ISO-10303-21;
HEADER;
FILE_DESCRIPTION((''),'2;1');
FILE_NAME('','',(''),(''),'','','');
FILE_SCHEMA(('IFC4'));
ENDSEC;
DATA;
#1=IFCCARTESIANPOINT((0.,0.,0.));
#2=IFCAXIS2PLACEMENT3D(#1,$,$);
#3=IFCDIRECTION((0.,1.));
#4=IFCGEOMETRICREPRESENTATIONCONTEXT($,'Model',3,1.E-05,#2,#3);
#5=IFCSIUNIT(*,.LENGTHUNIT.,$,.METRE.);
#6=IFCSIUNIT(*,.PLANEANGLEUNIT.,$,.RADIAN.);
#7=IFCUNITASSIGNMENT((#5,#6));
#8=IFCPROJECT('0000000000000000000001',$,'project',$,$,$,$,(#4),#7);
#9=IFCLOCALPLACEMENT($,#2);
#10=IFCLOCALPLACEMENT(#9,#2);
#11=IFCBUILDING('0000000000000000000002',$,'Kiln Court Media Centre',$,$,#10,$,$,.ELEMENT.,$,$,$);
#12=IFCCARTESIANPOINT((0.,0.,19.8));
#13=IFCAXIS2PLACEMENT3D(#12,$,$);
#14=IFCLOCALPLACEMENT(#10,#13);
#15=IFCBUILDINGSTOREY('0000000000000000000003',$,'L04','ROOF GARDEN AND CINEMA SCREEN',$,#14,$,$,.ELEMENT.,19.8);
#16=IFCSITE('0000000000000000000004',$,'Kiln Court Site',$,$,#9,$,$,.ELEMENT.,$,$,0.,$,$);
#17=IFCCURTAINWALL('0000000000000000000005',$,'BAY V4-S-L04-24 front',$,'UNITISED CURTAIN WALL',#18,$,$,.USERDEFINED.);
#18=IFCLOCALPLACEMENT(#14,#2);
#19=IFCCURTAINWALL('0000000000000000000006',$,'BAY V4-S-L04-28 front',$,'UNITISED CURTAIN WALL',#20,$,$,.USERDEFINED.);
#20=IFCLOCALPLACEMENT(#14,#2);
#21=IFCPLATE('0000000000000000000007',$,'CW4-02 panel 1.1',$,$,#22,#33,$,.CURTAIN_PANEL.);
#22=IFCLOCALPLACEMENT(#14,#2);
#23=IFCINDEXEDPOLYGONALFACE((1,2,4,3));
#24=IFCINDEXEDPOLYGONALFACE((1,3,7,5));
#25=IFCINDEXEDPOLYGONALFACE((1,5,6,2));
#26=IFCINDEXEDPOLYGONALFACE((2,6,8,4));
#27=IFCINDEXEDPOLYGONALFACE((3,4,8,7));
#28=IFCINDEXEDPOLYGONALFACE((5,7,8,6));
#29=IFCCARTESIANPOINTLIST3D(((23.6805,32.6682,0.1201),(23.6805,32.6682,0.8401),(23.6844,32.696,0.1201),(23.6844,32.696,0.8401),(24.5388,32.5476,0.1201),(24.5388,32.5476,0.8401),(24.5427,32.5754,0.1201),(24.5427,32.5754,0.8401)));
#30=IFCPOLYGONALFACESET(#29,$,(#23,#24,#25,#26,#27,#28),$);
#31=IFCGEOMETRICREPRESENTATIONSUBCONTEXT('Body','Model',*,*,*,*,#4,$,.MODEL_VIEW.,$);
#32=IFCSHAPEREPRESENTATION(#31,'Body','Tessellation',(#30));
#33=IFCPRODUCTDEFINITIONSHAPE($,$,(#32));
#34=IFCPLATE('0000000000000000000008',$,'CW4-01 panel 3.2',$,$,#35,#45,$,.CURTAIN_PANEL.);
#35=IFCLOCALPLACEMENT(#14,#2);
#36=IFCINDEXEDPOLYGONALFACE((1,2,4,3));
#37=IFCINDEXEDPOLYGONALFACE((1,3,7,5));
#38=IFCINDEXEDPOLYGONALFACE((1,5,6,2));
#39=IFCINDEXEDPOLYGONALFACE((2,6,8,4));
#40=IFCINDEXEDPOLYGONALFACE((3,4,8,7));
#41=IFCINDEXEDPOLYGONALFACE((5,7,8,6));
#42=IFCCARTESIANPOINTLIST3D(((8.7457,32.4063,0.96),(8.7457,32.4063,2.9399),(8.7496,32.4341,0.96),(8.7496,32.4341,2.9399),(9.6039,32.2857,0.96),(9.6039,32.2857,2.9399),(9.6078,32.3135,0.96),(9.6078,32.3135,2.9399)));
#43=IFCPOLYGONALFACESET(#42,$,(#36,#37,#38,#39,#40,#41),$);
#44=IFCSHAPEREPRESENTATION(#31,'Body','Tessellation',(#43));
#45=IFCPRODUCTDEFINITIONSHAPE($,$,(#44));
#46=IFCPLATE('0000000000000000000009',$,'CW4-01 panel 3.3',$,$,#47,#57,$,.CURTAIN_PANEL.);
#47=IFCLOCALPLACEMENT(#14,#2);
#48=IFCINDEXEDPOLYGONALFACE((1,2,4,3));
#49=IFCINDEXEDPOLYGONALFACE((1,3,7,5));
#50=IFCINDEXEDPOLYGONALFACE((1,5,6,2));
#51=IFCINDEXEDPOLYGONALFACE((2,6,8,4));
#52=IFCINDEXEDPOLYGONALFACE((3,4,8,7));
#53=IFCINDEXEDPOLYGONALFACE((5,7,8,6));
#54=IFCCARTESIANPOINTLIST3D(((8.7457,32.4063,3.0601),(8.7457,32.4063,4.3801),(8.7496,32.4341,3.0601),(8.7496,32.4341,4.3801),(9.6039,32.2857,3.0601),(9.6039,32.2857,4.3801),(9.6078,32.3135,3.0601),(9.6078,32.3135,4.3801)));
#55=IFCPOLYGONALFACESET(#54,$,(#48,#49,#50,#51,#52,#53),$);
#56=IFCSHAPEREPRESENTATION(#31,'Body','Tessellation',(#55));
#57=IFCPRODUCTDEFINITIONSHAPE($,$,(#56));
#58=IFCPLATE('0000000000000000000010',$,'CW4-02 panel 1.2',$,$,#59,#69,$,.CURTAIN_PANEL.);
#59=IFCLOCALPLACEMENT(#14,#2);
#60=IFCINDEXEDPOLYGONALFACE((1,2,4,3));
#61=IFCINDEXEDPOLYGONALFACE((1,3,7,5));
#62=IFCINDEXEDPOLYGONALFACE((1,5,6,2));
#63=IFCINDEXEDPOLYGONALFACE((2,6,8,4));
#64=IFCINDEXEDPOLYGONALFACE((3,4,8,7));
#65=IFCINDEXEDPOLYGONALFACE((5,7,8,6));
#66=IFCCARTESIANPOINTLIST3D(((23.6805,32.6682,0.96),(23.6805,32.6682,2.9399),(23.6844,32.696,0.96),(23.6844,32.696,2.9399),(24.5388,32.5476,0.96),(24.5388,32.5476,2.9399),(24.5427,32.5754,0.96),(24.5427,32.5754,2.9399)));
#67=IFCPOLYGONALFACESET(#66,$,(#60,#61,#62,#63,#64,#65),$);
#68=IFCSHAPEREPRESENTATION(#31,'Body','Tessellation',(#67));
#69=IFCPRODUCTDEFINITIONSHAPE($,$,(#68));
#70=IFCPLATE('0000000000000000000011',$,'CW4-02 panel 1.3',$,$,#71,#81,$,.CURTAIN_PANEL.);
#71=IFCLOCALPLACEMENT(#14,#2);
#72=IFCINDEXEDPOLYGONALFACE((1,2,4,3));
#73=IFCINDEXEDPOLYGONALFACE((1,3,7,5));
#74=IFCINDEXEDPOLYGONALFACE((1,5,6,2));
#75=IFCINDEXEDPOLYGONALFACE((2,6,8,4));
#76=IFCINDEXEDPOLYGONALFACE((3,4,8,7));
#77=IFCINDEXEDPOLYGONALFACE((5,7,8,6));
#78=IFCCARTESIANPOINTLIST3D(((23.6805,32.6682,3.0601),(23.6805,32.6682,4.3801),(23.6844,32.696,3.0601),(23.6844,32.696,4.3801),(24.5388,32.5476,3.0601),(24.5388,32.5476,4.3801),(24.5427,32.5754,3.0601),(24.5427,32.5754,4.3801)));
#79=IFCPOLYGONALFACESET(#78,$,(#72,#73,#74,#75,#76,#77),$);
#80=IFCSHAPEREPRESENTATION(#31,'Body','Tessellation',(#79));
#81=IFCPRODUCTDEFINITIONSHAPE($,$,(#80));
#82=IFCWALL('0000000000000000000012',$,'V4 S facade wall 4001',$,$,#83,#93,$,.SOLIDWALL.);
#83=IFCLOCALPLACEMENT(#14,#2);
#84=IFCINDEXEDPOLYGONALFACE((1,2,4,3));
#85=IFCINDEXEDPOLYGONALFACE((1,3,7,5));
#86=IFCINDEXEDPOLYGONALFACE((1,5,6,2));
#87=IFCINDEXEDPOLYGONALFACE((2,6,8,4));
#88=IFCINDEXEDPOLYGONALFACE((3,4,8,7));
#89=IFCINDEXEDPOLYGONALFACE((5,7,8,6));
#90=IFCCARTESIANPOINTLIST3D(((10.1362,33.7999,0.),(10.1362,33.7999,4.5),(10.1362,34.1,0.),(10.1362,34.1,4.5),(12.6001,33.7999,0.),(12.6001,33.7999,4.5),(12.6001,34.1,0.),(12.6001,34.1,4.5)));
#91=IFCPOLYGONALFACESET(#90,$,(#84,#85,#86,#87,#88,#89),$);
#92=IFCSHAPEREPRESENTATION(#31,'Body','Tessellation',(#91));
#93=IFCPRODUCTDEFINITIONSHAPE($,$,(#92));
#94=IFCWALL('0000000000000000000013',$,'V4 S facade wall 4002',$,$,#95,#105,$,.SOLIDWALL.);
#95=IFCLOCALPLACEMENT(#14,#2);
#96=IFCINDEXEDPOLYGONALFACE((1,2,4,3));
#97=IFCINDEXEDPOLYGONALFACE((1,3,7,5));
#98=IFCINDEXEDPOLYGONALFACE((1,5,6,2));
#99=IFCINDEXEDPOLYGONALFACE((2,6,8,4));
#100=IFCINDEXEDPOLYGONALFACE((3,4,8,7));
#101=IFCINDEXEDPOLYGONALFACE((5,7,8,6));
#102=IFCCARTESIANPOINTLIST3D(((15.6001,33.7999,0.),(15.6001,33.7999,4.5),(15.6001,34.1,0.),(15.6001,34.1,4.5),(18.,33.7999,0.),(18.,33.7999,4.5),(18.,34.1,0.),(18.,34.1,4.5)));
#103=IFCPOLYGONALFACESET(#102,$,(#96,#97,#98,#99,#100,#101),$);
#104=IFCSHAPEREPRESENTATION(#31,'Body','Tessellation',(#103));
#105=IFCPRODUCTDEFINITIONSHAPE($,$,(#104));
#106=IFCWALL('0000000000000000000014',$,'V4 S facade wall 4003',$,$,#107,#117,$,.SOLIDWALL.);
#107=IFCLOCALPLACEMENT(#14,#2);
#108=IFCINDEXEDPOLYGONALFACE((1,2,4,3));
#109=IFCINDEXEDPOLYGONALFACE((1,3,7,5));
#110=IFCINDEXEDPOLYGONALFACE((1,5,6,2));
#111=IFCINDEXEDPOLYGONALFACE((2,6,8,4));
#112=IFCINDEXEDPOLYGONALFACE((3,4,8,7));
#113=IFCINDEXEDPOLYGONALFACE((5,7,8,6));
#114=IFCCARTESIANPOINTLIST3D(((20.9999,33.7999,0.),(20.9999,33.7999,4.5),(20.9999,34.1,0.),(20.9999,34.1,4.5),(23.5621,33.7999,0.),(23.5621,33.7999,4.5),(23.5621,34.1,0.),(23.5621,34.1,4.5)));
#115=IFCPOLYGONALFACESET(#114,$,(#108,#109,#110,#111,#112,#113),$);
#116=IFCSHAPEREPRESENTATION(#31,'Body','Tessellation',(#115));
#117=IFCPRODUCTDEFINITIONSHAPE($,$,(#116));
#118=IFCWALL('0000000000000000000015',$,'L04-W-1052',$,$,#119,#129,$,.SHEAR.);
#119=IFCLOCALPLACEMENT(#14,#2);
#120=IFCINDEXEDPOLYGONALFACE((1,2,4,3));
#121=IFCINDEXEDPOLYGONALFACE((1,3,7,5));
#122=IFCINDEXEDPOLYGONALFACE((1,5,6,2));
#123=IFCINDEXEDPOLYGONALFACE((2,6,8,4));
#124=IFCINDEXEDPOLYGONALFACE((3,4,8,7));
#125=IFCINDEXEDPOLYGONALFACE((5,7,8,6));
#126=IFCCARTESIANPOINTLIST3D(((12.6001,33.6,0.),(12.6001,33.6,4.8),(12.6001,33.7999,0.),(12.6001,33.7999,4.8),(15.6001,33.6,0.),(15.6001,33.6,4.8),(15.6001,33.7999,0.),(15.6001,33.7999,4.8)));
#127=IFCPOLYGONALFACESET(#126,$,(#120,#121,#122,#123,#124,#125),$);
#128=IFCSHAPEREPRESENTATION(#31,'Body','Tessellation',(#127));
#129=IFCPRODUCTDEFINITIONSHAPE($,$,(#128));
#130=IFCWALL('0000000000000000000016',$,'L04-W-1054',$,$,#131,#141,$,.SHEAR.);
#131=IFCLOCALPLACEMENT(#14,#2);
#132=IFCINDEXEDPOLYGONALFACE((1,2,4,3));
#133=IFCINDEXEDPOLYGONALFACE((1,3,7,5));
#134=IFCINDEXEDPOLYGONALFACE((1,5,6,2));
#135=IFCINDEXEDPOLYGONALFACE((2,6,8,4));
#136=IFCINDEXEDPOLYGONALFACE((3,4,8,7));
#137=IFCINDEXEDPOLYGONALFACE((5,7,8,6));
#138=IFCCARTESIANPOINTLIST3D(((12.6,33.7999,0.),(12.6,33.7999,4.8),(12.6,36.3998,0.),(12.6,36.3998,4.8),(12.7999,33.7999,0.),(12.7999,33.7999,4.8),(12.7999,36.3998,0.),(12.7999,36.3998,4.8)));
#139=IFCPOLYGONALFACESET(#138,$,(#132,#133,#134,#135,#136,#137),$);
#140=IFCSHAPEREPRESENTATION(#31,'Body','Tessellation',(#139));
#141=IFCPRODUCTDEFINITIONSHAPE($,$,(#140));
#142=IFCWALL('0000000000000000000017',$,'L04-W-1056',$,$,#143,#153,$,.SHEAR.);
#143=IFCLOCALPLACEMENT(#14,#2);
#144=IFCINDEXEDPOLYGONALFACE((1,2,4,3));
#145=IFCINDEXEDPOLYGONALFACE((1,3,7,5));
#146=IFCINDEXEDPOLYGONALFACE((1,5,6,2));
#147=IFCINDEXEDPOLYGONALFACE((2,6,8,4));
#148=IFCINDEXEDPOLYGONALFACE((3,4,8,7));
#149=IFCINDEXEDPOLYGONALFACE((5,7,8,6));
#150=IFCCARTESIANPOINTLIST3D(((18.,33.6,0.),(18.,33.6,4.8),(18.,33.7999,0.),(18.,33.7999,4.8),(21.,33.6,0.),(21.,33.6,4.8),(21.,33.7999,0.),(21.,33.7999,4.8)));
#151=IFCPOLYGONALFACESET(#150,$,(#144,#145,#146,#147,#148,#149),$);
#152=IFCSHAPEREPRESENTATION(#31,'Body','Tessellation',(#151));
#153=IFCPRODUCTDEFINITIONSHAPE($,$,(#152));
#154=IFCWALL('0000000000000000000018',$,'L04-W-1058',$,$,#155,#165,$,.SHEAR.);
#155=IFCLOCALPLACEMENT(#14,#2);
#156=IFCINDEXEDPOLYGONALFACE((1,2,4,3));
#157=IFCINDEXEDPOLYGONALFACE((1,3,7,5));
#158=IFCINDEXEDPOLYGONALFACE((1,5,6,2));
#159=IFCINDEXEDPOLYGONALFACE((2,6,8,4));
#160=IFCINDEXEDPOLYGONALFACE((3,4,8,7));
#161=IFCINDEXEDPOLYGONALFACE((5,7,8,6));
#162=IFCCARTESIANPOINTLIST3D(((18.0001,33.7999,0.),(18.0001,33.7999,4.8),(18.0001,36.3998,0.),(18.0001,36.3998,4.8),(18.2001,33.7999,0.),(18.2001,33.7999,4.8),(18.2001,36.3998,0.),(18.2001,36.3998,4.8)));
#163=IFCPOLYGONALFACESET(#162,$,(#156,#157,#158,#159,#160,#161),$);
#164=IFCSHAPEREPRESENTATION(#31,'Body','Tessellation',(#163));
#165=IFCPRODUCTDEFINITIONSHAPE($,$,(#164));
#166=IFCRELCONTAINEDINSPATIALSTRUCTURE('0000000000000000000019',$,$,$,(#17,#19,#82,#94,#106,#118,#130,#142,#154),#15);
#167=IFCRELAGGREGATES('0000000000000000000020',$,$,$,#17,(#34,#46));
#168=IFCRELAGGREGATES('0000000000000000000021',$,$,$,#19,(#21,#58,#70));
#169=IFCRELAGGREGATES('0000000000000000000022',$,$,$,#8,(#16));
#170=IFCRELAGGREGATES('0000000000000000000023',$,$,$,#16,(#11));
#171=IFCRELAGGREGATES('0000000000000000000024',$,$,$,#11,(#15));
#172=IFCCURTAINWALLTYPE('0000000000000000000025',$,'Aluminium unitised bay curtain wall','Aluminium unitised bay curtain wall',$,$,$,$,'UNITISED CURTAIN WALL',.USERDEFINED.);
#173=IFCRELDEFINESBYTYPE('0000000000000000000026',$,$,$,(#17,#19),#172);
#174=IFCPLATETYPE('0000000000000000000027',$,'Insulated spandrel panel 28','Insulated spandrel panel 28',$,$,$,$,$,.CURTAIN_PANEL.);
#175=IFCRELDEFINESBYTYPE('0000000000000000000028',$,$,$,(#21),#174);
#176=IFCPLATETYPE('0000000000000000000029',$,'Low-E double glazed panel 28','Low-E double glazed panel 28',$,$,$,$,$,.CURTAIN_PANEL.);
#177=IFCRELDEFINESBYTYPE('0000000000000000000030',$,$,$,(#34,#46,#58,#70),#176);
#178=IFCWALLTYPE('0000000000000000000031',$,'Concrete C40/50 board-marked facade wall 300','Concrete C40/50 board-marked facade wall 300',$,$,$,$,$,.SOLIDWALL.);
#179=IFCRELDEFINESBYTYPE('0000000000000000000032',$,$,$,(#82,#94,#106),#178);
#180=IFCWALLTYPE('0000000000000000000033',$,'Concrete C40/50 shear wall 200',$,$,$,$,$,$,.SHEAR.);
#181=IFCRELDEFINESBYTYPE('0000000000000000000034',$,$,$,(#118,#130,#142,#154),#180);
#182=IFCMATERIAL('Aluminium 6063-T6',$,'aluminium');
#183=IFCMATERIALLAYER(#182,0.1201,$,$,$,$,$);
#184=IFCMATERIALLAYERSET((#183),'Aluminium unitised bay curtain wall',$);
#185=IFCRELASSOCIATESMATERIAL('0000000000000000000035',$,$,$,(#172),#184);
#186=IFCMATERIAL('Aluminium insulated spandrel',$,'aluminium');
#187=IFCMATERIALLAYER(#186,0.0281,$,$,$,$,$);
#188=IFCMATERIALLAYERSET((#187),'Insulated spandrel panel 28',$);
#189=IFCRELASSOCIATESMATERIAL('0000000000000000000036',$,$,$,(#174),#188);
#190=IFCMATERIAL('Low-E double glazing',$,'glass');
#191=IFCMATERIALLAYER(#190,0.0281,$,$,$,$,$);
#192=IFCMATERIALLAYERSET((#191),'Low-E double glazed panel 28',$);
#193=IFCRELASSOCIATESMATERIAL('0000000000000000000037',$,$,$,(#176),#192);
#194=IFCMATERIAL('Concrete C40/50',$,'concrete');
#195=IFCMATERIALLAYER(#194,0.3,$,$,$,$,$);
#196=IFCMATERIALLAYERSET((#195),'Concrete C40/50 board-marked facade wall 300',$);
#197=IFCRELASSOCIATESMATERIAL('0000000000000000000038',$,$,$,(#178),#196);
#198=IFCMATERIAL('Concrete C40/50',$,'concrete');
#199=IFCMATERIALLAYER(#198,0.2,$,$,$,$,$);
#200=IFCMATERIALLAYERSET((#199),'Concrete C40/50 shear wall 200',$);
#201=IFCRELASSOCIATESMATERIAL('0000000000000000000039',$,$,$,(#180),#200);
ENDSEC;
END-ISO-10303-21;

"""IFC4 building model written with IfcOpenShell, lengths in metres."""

from ifc_helpers import new_model, si_unit, direction, frame, frame_2d, origin, origin_2d, place, context, subcontext, project, spatial, rectangle, extrude, material, layer, layer_set, type_object, element, aggregate, save


model = new_model("IFC4")

# Units and contexts
model_context = context("Model", 3, precision=1e-05, world=origin(), true_north=direction((0.0, 1.0)))
body_context = subcontext(model_context, "Body", "Model", "MODEL_VIEW")
ifc_project = project(units=[si_unit("LENGTHUNIT", "METRE"), si_unit("PLANEANGLEUNIT", "RADIAN")], contexts=[model_context])

# Site, building, storey
site_placement = place(None, origin())
site = spatial("IfcSite", under=ifc_project, at=site_placement, Name="Kiln Court Site", CompositionType="ELEMENT", RefElevation=0.0)
building_placement = place(site_placement, origin())
building = spatial("IfcBuilding", under=site, at=building_placement, Name="Kiln Court Media Centre", CompositionType="ELEMENT")
storey_placement = place(building_placement, frame((0.0, 0.0, 19.8)))
storey = spatial("IfcBuildingStorey", under=building, at=storey_placement, Name="L04", Description="ROOF GARDEN AND CINEMA SCREEN", CompositionType="ELEMENT", Elevation=19.8)

# Curtain walls
ifc_material_1 = material(Name="Aluminium 6063-T6", Category="aluminium")
ifc_layer_1 = layer(ifc_material_1, 0.1201)
ifc_layer_set_1 = layer_set([ifc_layer_1], Name="Aluminium unitised bay curtain wall")
curtain_wall_type = type_object("IfcCurtainWallType", Name="Aluminium unitised bay curtain wall", Description="Aluminium unitised bay curtain wall", ElementType="UNITISED CURTAIN WALL", PredefinedType="USERDEFINED", material=ifc_layer_set_1)
curtain_wall_1_placement = place(storey_placement, origin())
curtain_wall_1 = element("IfcCurtainWall", 1, at=curtain_wall_1_placement, inside=storey, type_object=curtain_wall_type, Name="BAY V4-S-L04-24 front", ObjectType="UNITISED CURTAIN WALL", PredefinedType="USERDEFINED")
curtain_wall_2_placement = place(storey_placement, origin())
curtain_wall_2 = element("IfcCurtainWall", 2, at=curtain_wall_2_placement, inside=storey, type_object=curtain_wall_type, Name="BAY V4-S-L04-28 front", ObjectType="UNITISED CURTAIN WALL", PredefinedType="USERDEFINED")

# Plates
ifc_material_2 = material(Name="Aluminium insulated spandrel", Category="aluminium")
ifc_layer_2 = layer(ifc_material_2, 0.0281)
ifc_layer_set_2 = layer_set([ifc_layer_2], Name="Insulated spandrel panel 28")
plate_type_1 = type_object("IfcPlateType", Name="Insulated spandrel panel 28", Description="Insulated spandrel panel 28", PredefinedType="CURTAIN_PANEL", material=ifc_layer_set_2)
plate_1_placement = place(storey_placement, frame((24.1116, 32.6218, 0.1201), z_axis=(0.0, 0.0, 1.0), x_axis=(0.99027, -0.139162, 0.0)))
plate_1 = element("IfcPlate", 3, at=plate_1_placement, type_object=plate_type_1, Name="CW4-02 panel 1.1", PredefinedType="CURTAIN_PANEL", context=body_context, shape_type="SweptSolid", body=[
    extrude(rectangle(XDim=0.8667, YDim=0.0281, at=origin_2d()), origin(), (0.0, 0.0, 1.0), 0.72),
])
ifc_material_3 = material(Name="Low-E double glazing", Category="glass")
ifc_layer_3 = layer(ifc_material_3, 0.0281)
ifc_layer_set_3 = layer_set([ifc_layer_3], Name="Low-E double glazed panel 28")
plate_type_2 = type_object("IfcPlateType", Name="Low-E double glazed panel 28", Description="Low-E double glazed panel 28", PredefinedType="CURTAIN_PANEL", material=ifc_layer_set_3)
plate_2_placement = place(storey_placement, frame((9.1768, 32.3599, 0.96), z_axis=(0.0, 0.0, 1.0), x_axis=(0.99027, -0.139162, 0.0)))
plate_2 = element("IfcPlate", 4, at=plate_2_placement, type_object=plate_type_2, Name="CW4-01 panel 3.2", PredefinedType="CURTAIN_PANEL", context=body_context, shape_type="SweptSolid", body=[
    extrude(rectangle(XDim=0.8667, YDim=0.0281, at=origin_2d()), origin(), (0.0, 0.0, 1.0), 1.98),
])
plate_3_placement = place(storey_placement, frame((9.1768, 32.3599, 3.0601), z_axis=(0.0, 0.0, 1.0), x_axis=(0.99027, -0.139162, 0.0)))
plate_3 = element("IfcPlate", 5, at=plate_3_placement, type_object=plate_type_2, Name="CW4-01 panel 3.3", PredefinedType="CURTAIN_PANEL", context=body_context, shape_type="SweptSolid", body=[
    extrude(rectangle(XDim=0.8667, YDim=0.0281, at=origin_2d()), origin(), (0.0, 0.0, 1.0), 1.3201),
])
aggregate(curtain_wall_1, [plate_2, plate_3])
plate_4_placement = place(storey_placement, frame((24.1116, 32.6218, 0.96), z_axis=(0.0, 0.0, 1.0), x_axis=(0.99027, -0.139162, 0.0)))
plate_4 = element("IfcPlate", 6, at=plate_4_placement, type_object=plate_type_2, Name="CW4-02 panel 1.2", PredefinedType="CURTAIN_PANEL", context=body_context, shape_type="SweptSolid", body=[
    extrude(rectangle(XDim=0.8667, YDim=0.0281, at=origin_2d()), origin(), (0.0, 0.0, 1.0), 1.98),
])
plate_5_placement = place(storey_placement, frame((24.1116, 32.6218, 3.0601), z_axis=(0.0, 0.0, 1.0), x_axis=(0.99027, -0.139162, 0.0)))
plate_5 = element("IfcPlate", 7, at=plate_5_placement, type_object=plate_type_2, Name="CW4-02 panel 1.3", PredefinedType="CURTAIN_PANEL", context=body_context, shape_type="SweptSolid", body=[
    extrude(rectangle(XDim=0.8667, YDim=0.0281, at=origin_2d()), origin(), (0.0, 0.0, 1.0), 1.3201),
])
aggregate(curtain_wall_2, [plate_1, plate_4, plate_5])

# Walls
ifc_material_4 = material(Name="Concrete C40/50", Category="concrete")
ifc_layer_4 = layer(ifc_material_4, 0.3)
ifc_layer_set_4 = layer_set([ifc_layer_4], Name="Concrete C40/50 board-marked facade wall 300")
wall_type_1 = type_object("IfcWallType", Name="Concrete C40/50 board-marked facade wall 300", Description="Concrete C40/50 board-marked facade wall 300", PredefinedType="SOLIDWALL", material=ifc_layer_set_4)
wall_1_placement = place(storey_placement, frame((12.6001, 33.95, 0.0), z_axis=(0.0, 0.0, 1.0), x_axis=(-1.0, 0.0, 0.0)))
element("IfcWall", 8, at=wall_1_placement, inside=storey, type_object=wall_type_1, Name="V4 S facade wall 4001", PredefinedType="SOLIDWALL", context=body_context, shape_type="SweptSolid", body=[
    extrude(rectangle(XDim=2.4639, YDim=0.3, at=frame_2d((1.2319, 0.0))), origin(), (0.0, 0.0, 1.0), 4.5),
])
wall_2_placement = place(storey_placement, frame((18.0, 33.95, 0.0), z_axis=(0.0, 0.0, 1.0), x_axis=(-1.0, 0.0, 0.0)))
element("IfcWall", 9, at=wall_2_placement, inside=storey, type_object=wall_type_1, Name="V4 S facade wall 4002", PredefinedType="SOLIDWALL", context=body_context, shape_type="SweptSolid", body=[
    extrude(rectangle(XDim=2.3999, YDim=0.3, at=frame_2d((1.2, 0.0))), origin(), (0.0, 0.0, 1.0), 4.5),
])
wall_3_placement = place(storey_placement, frame((23.5623, 33.95, 0.0), z_axis=(0.0, 0.0, 1.0), x_axis=(-1.0, 0.0, 0.0)))
element("IfcWall", 10, at=wall_3_placement, inside=storey, type_object=wall_type_1, Name="V4 S facade wall 4003", PredefinedType="SOLIDWALL", context=body_context, shape_type="SweptSolid", body=[
    extrude(rectangle(XDim=2.5623, YDim=0.3, at=frame_2d((1.2812, 0.0))), origin(), (0.0, 0.0, 1.0), 4.5),
])
ifc_material_5 = material(Name="Concrete C40/50", Category="concrete")
ifc_layer_5 = layer(ifc_material_5, 0.2)
ifc_layer_set_5 = layer_set([ifc_layer_5], Name="Concrete C40/50 shear wall 200")
wall_type_2 = type_object("IfcWallType", Name="Concrete C40/50 shear wall 200", PredefinedType="SHEAR", material=ifc_layer_set_5)
wall_4_placement = place(storey_placement, frame((15.6001, 33.7, 0.0), z_axis=(0.0, 0.0, 1.0), x_axis=(-1.0, 0.0, 0.0)))
element("IfcWall", 11, at=wall_4_placement, inside=storey, type_object=wall_type_2, Name="L04-W-1052", PredefinedType="SHEAR", context=body_context, shape_type="SweptSolid", body=[
    extrude(rectangle(XDim=3.0, YDim=0.2, at=frame_2d((1.5, 0.0))), origin(), (0.0, 0.0, 1.0), 4.8),
])
wall_5_placement = place(storey_placement, frame((12.7, 33.8, 0.0), z_axis=(0.0, 0.0, 1.0), x_axis=(0.0, 1.0, 0.0)))
element("IfcWall", 12, at=wall_5_placement, inside=storey, type_object=wall_type_2, Name="L04-W-1054", PredefinedType="SHEAR", context=body_context, shape_type="SweptSolid", body=[
    extrude(rectangle(XDim=2.5999, YDim=0.2, at=frame_2d((1.2998, 0.0))), origin(), (0.0, 0.0, 1.0), 4.8),
])
wall_6_placement = place(storey_placement, frame((21.0, 33.7, 0.0), z_axis=(0.0, 0.0, 1.0), x_axis=(-1.0, 0.0, 0.0)))
element("IfcWall", 13, at=wall_6_placement, inside=storey, type_object=wall_type_2, Name="L04-W-1056", PredefinedType="SHEAR", context=body_context, shape_type="SweptSolid", body=[
    extrude(rectangle(XDim=3.0, YDim=0.2, at=frame_2d((1.5, 0.0))), origin(), (0.0, 0.0, 1.0), 4.8),
])
wall_7_placement = place(storey_placement, frame((18.1001, 33.8, 0.0), z_axis=(0.0, 0.0, 1.0), x_axis=(0.0, 1.0, 0.0)))
element("IfcWall", 14, at=wall_7_placement, inside=storey, type_object=wall_type_2, Name="L04-W-1058", PredefinedType="SHEAR", context=body_context, shape_type="SweptSolid", body=[
    extrude(rectangle(XDim=2.5999, YDim=0.2, at=frame_2d((1.2998, 0.0))), origin(), (0.0, 0.0, 1.0), 4.8),
])

save(model, "model.ifc")
